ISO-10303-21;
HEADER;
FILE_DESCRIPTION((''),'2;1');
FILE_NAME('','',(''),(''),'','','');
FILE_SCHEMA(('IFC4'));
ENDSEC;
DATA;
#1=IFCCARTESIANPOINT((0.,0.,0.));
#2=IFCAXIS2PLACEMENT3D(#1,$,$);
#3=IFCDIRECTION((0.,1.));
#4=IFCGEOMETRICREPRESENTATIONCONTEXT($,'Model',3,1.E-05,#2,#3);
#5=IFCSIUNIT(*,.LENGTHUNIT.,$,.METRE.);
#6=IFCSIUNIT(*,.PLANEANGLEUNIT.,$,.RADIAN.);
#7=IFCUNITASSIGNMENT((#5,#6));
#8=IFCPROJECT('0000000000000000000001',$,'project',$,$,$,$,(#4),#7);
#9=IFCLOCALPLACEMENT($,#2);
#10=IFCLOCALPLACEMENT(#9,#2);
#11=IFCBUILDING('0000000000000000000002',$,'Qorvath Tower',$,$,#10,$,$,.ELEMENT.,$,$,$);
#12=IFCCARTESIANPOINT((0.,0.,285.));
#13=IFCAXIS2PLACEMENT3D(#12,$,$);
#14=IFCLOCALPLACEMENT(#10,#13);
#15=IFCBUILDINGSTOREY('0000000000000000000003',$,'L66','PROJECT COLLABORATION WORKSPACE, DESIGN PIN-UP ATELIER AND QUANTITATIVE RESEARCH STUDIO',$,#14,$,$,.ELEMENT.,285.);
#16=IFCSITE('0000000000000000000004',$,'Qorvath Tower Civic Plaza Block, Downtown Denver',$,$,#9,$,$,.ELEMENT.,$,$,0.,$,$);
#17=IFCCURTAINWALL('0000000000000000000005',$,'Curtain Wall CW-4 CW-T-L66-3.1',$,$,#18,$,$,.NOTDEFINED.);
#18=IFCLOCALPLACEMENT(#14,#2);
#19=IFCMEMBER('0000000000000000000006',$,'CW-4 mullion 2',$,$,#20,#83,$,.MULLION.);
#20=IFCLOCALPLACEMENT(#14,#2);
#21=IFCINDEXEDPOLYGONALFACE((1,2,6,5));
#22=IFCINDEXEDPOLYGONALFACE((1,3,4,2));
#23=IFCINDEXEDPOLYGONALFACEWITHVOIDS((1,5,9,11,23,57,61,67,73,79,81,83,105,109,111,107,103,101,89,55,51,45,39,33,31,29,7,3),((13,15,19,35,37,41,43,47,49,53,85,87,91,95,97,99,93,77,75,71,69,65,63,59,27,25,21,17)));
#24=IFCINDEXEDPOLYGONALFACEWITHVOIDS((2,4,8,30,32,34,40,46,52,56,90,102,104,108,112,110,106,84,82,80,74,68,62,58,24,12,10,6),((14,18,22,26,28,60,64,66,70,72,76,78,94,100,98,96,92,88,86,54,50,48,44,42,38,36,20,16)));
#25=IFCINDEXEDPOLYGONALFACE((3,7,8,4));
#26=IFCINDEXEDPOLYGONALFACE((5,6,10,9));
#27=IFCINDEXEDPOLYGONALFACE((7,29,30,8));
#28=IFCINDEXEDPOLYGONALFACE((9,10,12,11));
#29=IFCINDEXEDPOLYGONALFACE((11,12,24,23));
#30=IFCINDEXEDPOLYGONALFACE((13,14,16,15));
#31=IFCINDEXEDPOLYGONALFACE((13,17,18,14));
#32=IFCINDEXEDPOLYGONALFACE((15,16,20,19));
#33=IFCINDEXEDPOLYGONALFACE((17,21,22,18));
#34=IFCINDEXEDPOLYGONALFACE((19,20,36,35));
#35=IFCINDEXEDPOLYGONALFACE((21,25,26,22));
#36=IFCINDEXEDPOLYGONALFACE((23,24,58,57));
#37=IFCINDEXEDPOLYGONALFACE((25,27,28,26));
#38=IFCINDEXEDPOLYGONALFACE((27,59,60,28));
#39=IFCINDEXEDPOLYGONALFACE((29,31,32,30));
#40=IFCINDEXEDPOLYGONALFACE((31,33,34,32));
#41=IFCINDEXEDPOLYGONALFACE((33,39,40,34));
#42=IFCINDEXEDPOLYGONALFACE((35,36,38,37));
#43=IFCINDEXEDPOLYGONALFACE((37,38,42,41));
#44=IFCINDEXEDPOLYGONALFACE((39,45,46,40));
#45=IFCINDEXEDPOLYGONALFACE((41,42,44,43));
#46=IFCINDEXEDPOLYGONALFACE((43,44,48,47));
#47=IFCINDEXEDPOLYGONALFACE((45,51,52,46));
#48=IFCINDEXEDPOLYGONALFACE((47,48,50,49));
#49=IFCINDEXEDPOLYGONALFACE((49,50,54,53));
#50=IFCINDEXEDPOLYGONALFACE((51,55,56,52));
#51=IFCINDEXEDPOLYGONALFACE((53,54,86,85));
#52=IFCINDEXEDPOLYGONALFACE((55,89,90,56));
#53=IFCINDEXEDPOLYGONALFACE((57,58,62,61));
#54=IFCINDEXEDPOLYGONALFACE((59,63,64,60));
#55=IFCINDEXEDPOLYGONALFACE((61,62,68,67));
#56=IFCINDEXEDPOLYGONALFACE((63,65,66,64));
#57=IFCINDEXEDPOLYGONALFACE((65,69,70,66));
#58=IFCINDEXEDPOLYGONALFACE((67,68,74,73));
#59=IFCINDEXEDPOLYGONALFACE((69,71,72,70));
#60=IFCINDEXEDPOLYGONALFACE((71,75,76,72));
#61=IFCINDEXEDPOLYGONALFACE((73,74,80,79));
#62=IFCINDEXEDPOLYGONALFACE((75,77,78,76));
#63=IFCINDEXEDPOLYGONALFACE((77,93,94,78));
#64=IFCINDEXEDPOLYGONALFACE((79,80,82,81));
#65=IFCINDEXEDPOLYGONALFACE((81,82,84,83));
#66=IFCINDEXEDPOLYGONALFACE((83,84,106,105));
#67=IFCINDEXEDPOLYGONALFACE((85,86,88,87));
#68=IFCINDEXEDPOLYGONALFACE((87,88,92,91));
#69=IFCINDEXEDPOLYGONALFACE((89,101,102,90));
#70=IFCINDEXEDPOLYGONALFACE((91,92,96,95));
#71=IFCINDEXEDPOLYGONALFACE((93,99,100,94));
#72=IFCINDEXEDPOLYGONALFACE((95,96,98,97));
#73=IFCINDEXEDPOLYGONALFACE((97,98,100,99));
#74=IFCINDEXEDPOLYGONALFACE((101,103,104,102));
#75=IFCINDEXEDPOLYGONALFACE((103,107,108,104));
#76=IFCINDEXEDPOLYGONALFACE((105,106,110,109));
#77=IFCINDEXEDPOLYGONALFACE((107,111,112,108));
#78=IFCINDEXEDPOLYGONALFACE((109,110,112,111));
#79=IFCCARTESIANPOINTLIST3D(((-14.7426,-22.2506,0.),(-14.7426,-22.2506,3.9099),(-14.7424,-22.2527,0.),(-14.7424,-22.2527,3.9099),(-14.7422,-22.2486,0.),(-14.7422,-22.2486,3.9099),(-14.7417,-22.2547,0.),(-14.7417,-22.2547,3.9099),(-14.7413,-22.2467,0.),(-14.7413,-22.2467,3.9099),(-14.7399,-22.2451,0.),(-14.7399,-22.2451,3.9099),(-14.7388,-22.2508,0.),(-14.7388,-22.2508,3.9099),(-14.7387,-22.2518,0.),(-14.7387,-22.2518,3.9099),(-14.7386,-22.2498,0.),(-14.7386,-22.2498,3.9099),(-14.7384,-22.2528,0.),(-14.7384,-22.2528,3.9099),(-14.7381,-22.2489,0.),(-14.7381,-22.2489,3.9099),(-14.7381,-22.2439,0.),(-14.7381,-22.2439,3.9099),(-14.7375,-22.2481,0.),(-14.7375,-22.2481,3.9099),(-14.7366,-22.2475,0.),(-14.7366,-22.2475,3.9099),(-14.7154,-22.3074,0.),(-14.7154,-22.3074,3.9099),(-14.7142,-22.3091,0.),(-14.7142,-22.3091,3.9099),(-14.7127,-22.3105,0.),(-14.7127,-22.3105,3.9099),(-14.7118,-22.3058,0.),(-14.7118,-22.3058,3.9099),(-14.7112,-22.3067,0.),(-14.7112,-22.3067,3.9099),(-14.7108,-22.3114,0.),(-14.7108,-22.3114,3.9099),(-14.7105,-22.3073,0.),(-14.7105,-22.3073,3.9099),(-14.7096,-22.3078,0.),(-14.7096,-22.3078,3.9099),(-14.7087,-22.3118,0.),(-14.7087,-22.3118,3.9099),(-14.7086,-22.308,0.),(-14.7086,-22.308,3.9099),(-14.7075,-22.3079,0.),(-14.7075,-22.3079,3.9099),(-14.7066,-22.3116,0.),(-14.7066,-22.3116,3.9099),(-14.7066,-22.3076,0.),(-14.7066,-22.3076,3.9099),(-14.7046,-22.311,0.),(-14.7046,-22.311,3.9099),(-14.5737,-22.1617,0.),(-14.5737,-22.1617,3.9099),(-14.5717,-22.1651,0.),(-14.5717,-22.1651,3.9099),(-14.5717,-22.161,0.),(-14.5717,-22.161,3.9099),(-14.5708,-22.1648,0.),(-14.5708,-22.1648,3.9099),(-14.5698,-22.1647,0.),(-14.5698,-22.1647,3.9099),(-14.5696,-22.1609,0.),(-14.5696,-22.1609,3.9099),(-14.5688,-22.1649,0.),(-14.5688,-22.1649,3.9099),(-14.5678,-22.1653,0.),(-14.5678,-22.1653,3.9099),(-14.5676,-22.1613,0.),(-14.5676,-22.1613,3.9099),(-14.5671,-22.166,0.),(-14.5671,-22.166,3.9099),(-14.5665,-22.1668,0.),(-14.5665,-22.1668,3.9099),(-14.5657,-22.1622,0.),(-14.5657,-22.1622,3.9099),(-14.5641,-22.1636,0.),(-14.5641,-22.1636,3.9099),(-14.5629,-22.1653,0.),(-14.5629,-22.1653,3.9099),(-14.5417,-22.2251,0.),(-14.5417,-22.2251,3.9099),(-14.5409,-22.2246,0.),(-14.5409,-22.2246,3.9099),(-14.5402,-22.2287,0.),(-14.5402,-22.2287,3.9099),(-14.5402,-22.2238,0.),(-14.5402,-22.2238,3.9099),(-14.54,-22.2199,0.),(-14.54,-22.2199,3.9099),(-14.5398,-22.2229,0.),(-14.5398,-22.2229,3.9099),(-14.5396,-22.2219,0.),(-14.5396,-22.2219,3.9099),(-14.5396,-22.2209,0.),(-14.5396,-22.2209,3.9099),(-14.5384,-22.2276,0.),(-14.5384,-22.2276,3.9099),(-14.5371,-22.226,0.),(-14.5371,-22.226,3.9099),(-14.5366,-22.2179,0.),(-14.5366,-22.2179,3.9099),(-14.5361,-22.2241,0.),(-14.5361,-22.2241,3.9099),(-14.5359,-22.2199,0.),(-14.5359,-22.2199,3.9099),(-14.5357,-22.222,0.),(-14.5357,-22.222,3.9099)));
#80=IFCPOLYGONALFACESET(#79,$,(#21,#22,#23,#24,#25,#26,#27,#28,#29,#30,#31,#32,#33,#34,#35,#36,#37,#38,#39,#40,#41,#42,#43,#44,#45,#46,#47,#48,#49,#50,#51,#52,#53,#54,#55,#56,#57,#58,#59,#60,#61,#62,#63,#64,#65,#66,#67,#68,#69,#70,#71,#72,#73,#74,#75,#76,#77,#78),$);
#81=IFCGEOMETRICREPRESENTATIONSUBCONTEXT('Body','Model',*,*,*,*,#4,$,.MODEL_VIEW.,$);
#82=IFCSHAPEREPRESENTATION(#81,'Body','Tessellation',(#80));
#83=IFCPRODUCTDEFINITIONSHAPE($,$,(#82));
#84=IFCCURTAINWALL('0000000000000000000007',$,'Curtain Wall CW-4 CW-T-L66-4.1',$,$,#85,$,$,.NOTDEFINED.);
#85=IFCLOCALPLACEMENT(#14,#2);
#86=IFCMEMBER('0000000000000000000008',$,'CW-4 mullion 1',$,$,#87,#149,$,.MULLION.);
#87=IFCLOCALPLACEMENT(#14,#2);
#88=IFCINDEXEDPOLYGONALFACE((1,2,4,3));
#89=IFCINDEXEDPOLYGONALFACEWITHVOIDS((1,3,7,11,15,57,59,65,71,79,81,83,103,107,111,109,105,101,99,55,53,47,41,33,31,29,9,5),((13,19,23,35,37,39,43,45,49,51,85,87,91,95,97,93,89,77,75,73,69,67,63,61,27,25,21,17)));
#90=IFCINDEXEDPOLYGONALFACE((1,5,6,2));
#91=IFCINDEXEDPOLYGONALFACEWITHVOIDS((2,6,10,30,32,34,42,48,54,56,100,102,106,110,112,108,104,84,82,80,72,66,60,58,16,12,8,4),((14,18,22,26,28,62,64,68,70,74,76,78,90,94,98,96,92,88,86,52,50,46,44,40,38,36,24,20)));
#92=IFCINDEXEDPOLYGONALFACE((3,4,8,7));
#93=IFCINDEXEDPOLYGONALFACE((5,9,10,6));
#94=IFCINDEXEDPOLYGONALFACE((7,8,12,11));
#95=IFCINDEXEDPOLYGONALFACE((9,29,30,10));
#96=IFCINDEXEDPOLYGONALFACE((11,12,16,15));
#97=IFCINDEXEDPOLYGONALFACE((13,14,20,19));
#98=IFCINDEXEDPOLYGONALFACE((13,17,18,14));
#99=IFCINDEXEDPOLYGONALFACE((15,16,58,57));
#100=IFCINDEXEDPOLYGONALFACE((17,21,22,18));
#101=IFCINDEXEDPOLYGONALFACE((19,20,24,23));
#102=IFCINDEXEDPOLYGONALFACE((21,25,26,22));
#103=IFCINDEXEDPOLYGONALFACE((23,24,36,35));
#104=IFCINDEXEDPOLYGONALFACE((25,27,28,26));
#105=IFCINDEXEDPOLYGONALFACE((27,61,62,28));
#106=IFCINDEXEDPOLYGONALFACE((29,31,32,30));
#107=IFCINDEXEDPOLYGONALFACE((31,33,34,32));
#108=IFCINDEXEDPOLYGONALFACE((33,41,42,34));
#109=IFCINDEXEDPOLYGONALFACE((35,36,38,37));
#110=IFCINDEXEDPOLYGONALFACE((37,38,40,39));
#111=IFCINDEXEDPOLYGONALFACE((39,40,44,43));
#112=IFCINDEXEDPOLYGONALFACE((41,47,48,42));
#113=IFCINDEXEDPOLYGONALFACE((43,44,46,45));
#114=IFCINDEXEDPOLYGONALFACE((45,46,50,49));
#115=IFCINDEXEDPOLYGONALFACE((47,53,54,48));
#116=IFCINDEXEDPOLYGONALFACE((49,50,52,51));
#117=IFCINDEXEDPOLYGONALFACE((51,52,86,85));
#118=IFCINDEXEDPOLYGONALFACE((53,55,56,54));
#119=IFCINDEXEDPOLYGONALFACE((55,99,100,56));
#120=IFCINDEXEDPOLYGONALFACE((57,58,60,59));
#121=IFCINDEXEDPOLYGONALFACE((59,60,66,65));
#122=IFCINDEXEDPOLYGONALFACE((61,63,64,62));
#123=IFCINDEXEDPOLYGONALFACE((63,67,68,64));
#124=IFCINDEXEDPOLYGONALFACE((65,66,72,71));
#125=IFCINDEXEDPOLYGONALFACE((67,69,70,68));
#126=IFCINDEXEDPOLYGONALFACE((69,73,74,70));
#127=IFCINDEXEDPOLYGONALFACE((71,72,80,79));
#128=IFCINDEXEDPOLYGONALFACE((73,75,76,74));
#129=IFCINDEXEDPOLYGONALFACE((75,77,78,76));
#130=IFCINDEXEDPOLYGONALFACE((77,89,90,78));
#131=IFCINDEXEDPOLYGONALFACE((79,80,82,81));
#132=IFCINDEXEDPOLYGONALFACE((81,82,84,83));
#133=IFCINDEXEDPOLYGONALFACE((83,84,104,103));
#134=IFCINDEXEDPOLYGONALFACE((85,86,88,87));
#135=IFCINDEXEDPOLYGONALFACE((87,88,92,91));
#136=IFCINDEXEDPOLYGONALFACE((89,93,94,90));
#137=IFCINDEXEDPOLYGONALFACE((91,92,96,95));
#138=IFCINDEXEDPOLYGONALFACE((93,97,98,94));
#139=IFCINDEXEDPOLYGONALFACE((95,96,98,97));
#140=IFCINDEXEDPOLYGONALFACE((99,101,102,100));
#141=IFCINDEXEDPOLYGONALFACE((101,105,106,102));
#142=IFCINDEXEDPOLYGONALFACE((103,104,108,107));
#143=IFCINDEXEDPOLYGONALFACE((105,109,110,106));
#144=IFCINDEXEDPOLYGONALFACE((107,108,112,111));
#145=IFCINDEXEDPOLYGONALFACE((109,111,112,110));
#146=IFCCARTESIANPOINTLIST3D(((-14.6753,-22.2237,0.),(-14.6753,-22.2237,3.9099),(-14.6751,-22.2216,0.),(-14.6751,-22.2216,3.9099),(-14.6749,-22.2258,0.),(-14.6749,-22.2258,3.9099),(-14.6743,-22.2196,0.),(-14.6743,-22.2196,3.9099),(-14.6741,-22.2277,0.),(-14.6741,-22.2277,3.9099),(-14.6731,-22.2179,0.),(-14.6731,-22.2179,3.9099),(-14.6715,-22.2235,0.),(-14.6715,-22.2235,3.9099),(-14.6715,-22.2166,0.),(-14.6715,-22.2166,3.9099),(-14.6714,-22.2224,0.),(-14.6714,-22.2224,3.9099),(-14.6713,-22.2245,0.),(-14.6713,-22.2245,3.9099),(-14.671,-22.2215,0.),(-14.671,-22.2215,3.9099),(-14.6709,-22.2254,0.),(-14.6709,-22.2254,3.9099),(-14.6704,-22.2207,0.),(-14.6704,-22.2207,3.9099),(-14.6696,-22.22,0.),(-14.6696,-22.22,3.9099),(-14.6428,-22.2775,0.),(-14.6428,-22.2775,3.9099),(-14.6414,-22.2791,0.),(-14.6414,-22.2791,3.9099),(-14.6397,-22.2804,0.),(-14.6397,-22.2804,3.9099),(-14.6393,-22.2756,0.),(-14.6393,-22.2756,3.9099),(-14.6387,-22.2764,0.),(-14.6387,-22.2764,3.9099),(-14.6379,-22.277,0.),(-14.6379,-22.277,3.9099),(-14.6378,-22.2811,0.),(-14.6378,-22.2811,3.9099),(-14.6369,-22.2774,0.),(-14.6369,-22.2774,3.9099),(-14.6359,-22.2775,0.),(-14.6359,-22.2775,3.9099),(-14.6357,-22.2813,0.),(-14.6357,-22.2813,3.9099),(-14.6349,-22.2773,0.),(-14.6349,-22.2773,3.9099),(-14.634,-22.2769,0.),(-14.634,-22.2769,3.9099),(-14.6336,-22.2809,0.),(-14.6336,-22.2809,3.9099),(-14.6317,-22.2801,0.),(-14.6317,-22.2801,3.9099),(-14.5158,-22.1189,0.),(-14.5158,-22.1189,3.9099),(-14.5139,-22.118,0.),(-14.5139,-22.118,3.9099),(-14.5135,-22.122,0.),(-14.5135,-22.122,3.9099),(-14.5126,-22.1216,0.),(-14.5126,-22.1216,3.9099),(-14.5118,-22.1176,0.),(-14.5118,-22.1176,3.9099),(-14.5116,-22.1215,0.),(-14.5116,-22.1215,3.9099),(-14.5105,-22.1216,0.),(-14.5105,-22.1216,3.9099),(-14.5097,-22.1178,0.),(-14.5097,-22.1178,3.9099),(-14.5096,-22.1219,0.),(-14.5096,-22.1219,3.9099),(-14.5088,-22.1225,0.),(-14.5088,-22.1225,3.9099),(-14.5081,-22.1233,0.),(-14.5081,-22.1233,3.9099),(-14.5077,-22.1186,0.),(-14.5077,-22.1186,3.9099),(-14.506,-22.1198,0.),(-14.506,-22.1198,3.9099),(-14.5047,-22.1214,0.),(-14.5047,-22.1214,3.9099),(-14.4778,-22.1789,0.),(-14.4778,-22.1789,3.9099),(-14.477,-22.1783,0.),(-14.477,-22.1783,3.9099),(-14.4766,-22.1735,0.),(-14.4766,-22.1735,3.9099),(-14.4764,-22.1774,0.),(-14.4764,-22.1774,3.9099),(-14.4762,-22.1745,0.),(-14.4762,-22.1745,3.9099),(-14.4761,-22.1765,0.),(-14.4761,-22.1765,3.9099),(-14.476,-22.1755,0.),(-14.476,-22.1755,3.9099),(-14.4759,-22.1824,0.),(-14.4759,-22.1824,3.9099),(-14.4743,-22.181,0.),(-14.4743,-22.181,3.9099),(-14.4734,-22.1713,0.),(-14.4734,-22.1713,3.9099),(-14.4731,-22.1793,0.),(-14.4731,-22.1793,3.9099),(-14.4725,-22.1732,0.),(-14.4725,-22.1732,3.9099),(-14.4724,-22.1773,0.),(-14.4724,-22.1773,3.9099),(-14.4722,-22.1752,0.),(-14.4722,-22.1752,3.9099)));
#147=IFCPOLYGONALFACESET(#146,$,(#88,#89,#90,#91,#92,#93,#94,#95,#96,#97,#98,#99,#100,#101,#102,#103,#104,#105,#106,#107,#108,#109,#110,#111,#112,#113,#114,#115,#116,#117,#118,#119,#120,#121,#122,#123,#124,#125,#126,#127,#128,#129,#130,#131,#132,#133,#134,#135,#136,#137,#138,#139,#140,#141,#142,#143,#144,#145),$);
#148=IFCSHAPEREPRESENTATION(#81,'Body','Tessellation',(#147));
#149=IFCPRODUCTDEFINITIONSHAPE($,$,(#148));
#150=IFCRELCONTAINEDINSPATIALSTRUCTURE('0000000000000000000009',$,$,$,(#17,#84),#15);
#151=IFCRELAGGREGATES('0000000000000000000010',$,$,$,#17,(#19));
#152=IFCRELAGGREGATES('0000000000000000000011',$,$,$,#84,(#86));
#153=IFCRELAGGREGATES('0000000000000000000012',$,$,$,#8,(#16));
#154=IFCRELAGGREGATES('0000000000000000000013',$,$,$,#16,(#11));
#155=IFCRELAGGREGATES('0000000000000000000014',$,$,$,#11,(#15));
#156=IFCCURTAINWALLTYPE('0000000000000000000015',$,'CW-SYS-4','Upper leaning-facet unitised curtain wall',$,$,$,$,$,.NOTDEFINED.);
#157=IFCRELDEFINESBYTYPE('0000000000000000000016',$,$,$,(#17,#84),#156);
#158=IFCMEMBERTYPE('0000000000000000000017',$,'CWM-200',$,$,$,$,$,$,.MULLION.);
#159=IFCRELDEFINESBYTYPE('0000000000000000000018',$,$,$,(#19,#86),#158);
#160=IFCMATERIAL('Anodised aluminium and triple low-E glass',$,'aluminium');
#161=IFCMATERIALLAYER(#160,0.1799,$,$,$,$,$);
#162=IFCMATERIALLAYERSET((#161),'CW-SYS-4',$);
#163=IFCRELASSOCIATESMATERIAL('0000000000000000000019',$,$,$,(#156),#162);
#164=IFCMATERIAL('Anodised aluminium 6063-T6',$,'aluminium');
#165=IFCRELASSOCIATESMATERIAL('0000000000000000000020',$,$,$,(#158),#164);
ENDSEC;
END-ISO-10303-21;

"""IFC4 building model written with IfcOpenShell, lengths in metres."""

from ifc_helpers import new_model, si_unit, direction, frame, origin, origin_2d, place, context, subcontext, project, spatial, hollow_rectangle, extrude, material, layer, layer_set, material_profile, profile_set, type_object, element, aggregate, save


model = new_model("IFC4")

# Units and contexts
model_context = context("Model", 3, precision=1e-05, world=origin(), true_north=direction((0.0, 1.0)))
body_context = subcontext(model_context, "Body", "Model", "MODEL_VIEW")
ifc_project = project(units=[si_unit("LENGTHUNIT", "METRE"), si_unit("PLANEANGLEUNIT", "RADIAN")], contexts=[model_context])

# Site, building, storey
site_placement = place(None, origin())
site = spatial("IfcSite", under=ifc_project, at=site_placement, Name="Qorvath Tower Civic Plaza Block, Downtown Denver", CompositionType="ELEMENT", RefElevation=0.0)
building_placement = place(site_placement, origin())
building = spatial("IfcBuilding", under=site, at=building_placement, Name="Qorvath Tower", CompositionType="ELEMENT")
storey_placement = place(building_placement, frame((0.0, 0.0, 285.0)))
storey = spatial("IfcBuildingStorey", under=building, at=storey_placement, Name="L66", Description="PROJECT COLLABORATION WORKSPACE, DESIGN PIN-UP ATELIER AND QUANTITATIVE RESEARCH STUDIO", CompositionType="ELEMENT", Elevation=285.0)

# Shared definitions
ifc_material_1 = material(Name="Anodised aluminium and triple low-E glass", Category="aluminium")
ifc_layer_1 = layer(ifc_material_1, 0.1799)
ifc_layer_set_1 = layer_set([ifc_layer_1], Name="CW-SYS-4")
curtain_wall_type = type_object("IfcCurtainWallType", Name="CW-SYS-4", Description="Upper leaning-facet unitised curtain wall", PredefinedType="NOTDEFINED", material=ifc_layer_set_1)
ifc_material_2 = material(Name="Anodised aluminium 6063-T6", Category="aluminium")
ifc_material_profile_1 = material_profile(ifc_material_2, hollow_rectangle(XDim=0.075, YDim=0.2, WallThickness=0.0039, InnerFilletRadius=0.0039, OuterFilletRadius=0.0081, at=origin_2d()), Name="CWM 200x75")
ifc_profile_set_1 = profile_set([ifc_material_profile_1], Name="Anodised aluminium 6063-T6")
member_type_1 = type_object("IfcMemberType", Name="CWM-200", PredefinedType="MULLION", material=ifc_profile_set_1)

# Curtain walls, members
curtain_wall_1_placement = place(storey_placement, origin())
curtain_wall_1 = element("IfcCurtainWall", 1, at=curtain_wall_1_placement, inside=storey, type_object=curtain_wall_type, Name="Curtain Wall CW-4 CW-T-L66-3.1", PredefinedType="NOTDEFINED")
member_1_placement = place(storey_placement, frame((-14.6392, -22.2363, 0.0), z_axis=(0.0, 0.0, 1.0), x_axis=(-0.447235, 0.894417, 0.0)))
member_1 = element("IfcMember", 2, at=member_1_placement, type_object=member_type_1, Name="CW-4 mullion 2", PredefinedType="MULLION", context=body_context, shape_type="SweptSolid", body=[
    extrude(hollow_rectangle(XDim=0.075, YDim=0.2, WallThickness=0.0039, InnerFilletRadius=0.0039, OuterFilletRadius=0.0081, at=origin_2d()), origin(), (0.0, 0.0, 1.0), 3.9099),
])
curtain_wall_2_placement = place(storey_placement, origin())
curtain_wall_2 = element("IfcCurtainWall", 3, at=curtain_wall_2_placement, inside=storey, type_object=curtain_wall_type, Name="Curtain Wall CW-4 CW-T-L66-4.1", PredefinedType="NOTDEFINED")
member_2_placement = place(storey_placement, frame((-14.5737, -22.1995, 0.0), z_axis=(0.0, 0.0, 1.0), x_axis=(-0.531419, 0.847109, 0.0)))
member_2 = element("IfcMember", 4, at=member_2_placement, type_object=member_type_1, Name="CW-4 mullion 1", PredefinedType="MULLION", context=body_context, shape_type="SweptSolid", body=[
    extrude(hollow_rectangle(XDim=0.075, YDim=0.2, WallThickness=0.0039, InnerFilletRadius=0.0039, OuterFilletRadius=0.0081, at=origin_2d()), origin(), (0.0, 0.0, 1.0), 3.9099),
])

aggregate(curtain_wall_1, [member_1])
aggregate(curtain_wall_2, [member_2])

save(model, "model.ifc")
